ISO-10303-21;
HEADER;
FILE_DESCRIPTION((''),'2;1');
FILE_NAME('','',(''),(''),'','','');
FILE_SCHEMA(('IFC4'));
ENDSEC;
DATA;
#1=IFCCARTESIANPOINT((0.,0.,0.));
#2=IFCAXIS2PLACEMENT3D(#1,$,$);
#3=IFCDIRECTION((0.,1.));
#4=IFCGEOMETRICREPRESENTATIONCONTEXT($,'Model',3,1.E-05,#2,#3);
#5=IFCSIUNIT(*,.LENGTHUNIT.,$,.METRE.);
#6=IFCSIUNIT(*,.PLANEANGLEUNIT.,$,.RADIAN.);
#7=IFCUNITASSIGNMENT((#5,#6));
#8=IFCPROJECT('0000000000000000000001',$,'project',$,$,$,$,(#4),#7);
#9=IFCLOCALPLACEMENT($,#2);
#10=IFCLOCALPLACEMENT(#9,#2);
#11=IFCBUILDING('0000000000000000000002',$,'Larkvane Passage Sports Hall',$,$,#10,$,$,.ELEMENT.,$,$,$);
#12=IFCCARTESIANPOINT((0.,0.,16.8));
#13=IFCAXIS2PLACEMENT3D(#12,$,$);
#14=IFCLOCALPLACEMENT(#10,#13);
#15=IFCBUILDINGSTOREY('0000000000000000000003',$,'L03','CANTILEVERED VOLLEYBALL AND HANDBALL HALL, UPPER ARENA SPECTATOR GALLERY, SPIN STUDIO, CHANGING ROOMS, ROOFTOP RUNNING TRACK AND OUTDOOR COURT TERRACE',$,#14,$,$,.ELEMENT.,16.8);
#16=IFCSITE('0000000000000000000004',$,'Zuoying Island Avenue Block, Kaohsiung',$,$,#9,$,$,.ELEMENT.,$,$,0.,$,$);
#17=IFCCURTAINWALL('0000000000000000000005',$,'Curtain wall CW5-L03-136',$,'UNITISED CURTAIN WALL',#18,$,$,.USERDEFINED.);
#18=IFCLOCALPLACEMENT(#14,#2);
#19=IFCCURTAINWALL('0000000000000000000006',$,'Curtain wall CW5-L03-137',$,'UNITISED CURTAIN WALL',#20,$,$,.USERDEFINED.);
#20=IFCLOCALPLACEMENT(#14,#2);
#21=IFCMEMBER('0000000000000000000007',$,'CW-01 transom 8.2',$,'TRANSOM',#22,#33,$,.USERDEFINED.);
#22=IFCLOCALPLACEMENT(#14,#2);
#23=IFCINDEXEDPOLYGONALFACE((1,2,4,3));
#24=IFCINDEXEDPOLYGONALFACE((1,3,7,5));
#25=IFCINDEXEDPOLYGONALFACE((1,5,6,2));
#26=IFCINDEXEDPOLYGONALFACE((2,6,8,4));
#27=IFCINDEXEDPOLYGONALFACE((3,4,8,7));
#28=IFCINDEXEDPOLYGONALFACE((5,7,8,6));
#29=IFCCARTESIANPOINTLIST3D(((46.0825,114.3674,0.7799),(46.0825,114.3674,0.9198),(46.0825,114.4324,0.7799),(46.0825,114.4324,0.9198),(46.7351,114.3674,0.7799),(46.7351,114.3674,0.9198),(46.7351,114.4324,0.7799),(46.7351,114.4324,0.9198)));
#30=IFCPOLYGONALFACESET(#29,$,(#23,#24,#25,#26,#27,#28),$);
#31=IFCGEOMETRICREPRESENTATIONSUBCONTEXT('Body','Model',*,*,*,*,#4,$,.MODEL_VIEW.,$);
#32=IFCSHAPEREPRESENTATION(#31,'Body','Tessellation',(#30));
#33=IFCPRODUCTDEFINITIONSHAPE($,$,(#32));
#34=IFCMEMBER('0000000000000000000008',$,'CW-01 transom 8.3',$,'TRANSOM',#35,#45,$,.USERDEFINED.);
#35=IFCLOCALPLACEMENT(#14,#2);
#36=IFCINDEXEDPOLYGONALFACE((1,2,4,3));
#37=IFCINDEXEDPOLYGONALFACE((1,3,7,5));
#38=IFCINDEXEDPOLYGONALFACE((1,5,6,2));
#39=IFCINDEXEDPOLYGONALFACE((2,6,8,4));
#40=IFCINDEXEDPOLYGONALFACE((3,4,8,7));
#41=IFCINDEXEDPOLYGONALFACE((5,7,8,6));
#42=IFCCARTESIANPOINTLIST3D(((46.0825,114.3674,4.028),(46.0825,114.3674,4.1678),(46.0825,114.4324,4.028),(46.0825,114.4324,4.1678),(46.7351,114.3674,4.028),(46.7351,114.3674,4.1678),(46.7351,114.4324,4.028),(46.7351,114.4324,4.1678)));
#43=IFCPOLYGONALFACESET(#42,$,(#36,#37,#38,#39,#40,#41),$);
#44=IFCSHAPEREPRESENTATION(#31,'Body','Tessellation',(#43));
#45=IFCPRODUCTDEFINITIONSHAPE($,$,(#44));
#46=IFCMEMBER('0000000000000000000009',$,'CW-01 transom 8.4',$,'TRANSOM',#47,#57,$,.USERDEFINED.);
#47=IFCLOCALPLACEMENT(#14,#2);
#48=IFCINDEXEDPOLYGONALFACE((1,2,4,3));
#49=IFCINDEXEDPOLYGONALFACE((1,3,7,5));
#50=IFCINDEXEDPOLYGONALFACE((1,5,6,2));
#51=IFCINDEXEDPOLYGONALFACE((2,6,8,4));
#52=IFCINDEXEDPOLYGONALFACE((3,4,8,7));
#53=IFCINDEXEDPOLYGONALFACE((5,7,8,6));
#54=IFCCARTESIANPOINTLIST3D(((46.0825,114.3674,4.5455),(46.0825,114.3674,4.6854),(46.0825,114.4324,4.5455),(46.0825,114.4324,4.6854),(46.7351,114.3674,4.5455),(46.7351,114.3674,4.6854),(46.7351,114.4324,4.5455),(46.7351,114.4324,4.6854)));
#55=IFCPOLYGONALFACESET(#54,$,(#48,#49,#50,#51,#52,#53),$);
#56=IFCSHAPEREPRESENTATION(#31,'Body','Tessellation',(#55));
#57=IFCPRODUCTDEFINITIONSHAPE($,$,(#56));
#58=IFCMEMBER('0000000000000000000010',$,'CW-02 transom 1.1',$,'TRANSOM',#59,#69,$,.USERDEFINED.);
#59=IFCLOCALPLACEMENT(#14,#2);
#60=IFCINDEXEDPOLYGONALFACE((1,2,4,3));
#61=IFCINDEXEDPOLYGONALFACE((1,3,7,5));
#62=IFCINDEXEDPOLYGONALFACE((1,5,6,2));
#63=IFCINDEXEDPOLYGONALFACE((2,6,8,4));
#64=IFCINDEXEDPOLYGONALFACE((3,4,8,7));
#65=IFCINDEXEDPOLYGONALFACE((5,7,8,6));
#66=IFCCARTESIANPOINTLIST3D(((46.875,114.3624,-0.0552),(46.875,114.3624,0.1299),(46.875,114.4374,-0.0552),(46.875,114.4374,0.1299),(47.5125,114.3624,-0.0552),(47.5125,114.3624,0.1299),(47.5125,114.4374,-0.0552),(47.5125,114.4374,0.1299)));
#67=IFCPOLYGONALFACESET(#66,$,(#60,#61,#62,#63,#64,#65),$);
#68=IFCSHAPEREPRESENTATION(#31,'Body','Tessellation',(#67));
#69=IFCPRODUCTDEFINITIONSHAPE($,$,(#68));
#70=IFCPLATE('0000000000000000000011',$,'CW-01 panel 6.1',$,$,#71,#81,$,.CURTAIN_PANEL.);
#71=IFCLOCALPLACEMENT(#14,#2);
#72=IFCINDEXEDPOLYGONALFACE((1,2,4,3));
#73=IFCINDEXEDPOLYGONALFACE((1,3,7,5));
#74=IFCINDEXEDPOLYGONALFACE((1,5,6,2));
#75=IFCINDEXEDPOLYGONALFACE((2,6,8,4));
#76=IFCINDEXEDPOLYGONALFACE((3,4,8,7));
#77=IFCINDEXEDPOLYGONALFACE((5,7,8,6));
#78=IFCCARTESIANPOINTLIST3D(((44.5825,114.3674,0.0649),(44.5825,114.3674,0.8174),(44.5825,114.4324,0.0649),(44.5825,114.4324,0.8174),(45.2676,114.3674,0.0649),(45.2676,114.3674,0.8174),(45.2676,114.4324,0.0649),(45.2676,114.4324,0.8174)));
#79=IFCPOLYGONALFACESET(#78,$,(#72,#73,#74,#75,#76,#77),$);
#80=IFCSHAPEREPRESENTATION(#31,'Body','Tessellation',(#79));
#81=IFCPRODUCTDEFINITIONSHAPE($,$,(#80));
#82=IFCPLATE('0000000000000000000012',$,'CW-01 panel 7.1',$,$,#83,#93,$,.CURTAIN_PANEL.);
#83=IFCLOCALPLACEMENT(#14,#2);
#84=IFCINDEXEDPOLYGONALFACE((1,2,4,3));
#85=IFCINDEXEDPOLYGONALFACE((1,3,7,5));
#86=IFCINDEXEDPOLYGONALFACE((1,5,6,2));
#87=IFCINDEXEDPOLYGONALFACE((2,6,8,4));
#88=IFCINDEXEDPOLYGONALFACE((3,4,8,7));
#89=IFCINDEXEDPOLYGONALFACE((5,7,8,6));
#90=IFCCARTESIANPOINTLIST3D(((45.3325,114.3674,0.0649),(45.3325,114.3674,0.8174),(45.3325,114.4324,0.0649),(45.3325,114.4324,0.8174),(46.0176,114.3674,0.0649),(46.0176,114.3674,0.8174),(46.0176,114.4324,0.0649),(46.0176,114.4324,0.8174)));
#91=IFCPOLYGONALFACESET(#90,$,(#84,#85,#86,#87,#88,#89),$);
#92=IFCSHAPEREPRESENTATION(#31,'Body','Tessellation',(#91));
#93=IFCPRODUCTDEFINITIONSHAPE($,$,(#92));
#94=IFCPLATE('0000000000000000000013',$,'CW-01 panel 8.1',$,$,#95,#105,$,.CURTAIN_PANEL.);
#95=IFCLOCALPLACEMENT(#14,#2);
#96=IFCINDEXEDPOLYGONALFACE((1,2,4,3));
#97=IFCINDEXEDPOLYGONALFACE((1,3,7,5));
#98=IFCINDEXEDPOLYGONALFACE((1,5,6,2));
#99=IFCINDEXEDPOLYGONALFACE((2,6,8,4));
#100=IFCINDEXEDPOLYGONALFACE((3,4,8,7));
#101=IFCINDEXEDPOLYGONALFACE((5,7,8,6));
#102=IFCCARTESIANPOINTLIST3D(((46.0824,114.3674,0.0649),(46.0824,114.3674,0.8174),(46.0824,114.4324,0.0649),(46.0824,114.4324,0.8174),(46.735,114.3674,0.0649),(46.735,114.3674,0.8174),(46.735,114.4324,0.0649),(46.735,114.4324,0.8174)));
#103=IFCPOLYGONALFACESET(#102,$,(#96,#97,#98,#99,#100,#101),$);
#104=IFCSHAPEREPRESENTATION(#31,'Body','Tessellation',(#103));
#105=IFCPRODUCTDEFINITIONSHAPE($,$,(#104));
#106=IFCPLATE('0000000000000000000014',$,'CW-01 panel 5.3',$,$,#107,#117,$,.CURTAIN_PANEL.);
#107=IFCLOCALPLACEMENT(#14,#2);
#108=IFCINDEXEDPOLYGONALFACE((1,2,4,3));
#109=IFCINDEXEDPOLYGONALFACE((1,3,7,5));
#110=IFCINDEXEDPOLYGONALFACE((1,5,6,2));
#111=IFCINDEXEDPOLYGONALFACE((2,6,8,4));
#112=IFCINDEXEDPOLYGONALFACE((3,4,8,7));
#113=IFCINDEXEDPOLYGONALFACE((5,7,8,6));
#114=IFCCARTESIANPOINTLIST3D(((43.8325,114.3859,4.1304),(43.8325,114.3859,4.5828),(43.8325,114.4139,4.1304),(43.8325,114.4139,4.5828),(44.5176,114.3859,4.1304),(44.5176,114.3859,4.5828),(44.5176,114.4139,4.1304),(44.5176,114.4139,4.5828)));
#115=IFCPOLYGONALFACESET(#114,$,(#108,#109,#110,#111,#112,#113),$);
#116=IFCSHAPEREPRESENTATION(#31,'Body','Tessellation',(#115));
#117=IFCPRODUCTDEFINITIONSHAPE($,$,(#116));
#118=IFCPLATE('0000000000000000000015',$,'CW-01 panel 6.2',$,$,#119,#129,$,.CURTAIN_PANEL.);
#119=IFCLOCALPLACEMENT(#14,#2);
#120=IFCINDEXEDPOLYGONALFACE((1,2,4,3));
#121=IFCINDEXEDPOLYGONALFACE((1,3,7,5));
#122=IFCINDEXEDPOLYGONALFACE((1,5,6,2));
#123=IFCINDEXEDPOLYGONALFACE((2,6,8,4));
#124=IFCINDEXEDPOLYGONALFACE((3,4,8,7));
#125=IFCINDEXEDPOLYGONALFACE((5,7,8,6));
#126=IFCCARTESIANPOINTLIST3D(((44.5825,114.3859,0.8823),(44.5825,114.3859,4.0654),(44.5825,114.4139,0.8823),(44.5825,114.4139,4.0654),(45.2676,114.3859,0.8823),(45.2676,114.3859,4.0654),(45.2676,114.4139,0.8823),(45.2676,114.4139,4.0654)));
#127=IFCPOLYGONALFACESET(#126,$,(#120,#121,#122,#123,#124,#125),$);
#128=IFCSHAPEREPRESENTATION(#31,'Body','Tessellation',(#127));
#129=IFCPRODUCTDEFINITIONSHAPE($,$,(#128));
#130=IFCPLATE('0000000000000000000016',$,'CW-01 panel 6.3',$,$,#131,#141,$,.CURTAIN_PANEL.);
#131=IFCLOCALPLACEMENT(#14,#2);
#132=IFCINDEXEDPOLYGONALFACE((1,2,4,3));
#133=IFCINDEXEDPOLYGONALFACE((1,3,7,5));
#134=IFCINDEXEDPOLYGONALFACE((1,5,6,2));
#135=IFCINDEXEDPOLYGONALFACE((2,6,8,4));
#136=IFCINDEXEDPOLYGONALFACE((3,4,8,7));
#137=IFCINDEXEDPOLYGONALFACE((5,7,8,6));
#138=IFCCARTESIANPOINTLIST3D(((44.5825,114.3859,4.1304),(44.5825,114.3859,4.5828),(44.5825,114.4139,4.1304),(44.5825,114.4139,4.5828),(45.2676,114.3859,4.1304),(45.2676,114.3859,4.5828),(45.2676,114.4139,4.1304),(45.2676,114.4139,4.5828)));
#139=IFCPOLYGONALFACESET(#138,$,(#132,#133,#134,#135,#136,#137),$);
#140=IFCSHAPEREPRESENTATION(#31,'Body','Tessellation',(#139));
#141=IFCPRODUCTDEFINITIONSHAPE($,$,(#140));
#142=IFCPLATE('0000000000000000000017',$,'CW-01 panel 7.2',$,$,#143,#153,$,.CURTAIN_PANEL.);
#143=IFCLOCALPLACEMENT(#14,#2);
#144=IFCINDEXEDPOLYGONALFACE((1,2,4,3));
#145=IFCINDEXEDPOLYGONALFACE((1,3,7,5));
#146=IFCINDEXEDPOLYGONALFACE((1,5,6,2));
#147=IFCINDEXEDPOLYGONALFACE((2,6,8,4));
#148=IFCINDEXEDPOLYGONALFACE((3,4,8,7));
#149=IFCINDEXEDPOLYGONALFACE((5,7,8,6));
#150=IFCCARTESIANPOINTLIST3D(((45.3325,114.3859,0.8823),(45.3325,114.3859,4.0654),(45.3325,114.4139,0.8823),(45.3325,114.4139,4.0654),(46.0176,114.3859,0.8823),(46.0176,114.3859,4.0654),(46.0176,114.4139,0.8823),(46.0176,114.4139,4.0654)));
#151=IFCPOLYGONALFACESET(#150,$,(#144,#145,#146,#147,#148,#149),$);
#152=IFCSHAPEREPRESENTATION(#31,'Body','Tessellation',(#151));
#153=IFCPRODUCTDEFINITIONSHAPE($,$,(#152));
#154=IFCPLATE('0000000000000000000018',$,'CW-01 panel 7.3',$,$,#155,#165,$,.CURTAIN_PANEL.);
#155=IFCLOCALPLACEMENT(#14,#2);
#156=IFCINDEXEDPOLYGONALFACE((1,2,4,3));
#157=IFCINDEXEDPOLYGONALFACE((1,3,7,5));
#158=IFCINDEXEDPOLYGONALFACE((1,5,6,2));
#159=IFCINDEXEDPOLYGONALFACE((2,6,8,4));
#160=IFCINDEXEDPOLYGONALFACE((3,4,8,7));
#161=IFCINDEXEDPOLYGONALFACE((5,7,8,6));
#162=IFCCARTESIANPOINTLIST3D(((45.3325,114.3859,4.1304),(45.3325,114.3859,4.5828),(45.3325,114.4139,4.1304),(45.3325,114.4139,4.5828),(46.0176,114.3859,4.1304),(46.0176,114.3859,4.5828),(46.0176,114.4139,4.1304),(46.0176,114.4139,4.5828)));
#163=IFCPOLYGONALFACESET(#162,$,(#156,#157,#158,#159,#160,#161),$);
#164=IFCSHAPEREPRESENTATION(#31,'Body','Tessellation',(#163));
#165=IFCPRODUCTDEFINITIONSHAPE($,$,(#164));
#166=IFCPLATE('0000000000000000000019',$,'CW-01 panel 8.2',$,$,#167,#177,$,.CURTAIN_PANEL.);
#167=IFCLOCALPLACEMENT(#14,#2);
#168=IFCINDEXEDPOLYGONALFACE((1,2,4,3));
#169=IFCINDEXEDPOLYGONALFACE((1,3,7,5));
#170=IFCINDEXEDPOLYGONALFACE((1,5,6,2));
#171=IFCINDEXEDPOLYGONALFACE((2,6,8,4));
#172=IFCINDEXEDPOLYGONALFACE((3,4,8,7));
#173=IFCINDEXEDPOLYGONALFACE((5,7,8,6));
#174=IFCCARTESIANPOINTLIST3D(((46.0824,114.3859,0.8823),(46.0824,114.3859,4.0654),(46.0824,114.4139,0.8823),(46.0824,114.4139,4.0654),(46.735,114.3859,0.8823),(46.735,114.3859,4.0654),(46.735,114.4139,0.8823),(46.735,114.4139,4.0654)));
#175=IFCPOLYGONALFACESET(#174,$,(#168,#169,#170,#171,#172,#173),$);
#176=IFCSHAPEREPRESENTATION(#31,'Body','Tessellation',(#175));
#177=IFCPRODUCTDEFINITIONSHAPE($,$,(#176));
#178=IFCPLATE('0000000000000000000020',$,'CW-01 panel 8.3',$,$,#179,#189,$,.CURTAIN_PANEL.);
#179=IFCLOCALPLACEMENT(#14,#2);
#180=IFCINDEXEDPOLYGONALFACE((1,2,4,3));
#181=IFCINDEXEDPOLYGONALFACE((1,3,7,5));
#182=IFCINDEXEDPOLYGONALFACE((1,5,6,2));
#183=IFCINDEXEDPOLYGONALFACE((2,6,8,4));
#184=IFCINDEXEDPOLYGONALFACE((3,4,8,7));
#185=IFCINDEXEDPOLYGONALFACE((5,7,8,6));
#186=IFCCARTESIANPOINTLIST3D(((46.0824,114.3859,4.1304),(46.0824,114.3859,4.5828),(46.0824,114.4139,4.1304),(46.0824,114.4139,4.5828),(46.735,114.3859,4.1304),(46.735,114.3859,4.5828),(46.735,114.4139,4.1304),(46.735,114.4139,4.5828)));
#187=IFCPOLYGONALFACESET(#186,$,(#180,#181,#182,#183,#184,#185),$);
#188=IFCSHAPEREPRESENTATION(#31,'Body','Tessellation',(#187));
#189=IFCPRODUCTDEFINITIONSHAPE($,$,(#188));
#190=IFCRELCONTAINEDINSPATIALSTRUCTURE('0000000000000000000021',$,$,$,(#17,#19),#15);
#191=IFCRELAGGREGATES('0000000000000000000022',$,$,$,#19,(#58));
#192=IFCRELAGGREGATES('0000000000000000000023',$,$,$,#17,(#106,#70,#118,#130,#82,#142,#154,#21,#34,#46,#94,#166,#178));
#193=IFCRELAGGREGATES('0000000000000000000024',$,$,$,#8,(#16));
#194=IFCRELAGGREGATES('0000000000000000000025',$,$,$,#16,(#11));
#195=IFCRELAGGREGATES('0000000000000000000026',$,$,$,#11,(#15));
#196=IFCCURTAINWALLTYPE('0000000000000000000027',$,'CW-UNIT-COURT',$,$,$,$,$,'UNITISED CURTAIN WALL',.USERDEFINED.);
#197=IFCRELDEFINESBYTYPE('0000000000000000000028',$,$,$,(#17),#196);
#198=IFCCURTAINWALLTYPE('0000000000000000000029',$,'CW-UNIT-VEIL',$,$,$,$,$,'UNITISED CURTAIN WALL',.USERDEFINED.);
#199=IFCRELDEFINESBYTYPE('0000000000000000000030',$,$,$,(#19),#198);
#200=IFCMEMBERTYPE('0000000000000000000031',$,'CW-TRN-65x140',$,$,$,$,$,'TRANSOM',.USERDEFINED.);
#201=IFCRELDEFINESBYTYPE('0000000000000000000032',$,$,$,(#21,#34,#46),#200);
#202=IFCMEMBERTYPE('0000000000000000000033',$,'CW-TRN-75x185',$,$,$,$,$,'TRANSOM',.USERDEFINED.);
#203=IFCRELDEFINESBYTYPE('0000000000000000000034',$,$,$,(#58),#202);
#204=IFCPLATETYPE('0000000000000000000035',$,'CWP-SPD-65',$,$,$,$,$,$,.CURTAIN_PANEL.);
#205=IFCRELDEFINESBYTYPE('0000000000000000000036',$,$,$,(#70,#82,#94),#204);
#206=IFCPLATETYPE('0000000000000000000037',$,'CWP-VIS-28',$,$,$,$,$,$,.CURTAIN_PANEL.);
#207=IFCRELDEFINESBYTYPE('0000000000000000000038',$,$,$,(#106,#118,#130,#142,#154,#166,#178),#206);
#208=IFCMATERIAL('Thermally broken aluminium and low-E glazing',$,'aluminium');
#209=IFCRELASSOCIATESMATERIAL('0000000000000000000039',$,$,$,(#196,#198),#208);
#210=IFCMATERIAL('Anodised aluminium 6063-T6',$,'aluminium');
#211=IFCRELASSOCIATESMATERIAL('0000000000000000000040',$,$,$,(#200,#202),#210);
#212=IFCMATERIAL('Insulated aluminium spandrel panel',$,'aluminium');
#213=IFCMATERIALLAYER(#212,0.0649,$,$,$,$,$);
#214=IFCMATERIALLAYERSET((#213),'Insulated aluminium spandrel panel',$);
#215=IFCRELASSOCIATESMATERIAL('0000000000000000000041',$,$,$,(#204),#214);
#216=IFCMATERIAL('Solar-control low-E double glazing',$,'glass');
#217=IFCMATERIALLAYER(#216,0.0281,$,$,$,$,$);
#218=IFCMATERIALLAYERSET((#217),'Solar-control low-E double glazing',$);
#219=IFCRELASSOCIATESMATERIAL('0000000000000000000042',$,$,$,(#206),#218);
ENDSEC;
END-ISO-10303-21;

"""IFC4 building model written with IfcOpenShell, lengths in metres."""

from ifc_helpers import new_model, si_unit, direction, frame, origin, origin_2d, place, context, subcontext, project, spatial, rectangle, extrude, material, layer, layer_set, material_profile, profile_set, type_object, element, aggregate, save


model = new_model("IFC4")

# Units and contexts
model_context = context("Model", 3, precision=1e-05, world=origin(), true_north=direction((0.0, 1.0)))
body_context = subcontext(model_context, "Body", "Model", "MODEL_VIEW")
ifc_project = project(units=[si_unit("LENGTHUNIT", "METRE"), si_unit("PLANEANGLEUNIT", "RADIAN")], contexts=[model_context])

# Site, building, storey
site_placement = place(None, origin())
site = spatial("IfcSite", under=ifc_project, at=site_placement, Name="Zuoying Island Avenue Block, Kaohsiung", CompositionType="ELEMENT", RefElevation=0.0)
building_placement = place(site_placement, origin())
building = spatial("IfcBuilding", under=site, at=building_placement, Name="Larkvane Passage Sports Hall", CompositionType="ELEMENT")
storey_placement = place(building_placement, frame((0.0, 0.0, 16.8)))
storey = spatial("IfcBuildingStorey", under=building, at=storey_placement, Name="L03", Description="CANTILEVERED VOLLEYBALL AND HANDBALL HALL, UPPER ARENA SPECTATOR GALLERY, SPIN STUDIO, CHANGING ROOMS, ROOFTOP RUNNING TRACK AND OUTDOOR COURT TERRACE", CompositionType="ELEMENT", Elevation=16.8)

# Curtain wall
ifc_material_1 = material(Name="Thermally broken aluminium and low-E glazing", Category="aluminium")
curtain_wall_type_1 = type_object("IfcCurtainWallType", Name="CW-UNIT-COURT", ElementType="UNITISED CURTAIN WALL", PredefinedType="USERDEFINED", material=ifc_material_1)
curtain_wall_1_placement = place(storey_placement, origin())
curtain_wall_1 = element("IfcCurtainWall", 1, at=curtain_wall_1_placement, inside=storey, type_object=curtain_wall_type_1, Name="Curtain wall CW5-L03-136", ObjectType="UNITISED CURTAIN WALL", PredefinedType="USERDEFINED")
ifc_material_2 = material(Name="Anodised aluminium 6063-T6", Category="aluminium")

# Curtain wall
curtain_wall_type_2 = type_object("IfcCurtainWallType", Name="CW-UNIT-VEIL", ElementType="UNITISED CURTAIN WALL", PredefinedType="USERDEFINED", material=ifc_material_1)
curtain_wall_2_placement = place(storey_placement, origin())
curtain_wall_2 = element("IfcCurtainWall", 2, at=curtain_wall_2_placement, inside=storey, type_object=curtain_wall_type_2, Name="Curtain wall CW5-L03-137", ObjectType="UNITISED CURTAIN WALL", PredefinedType="USERDEFINED")

# Members
ifc_material_profile_1 = material_profile(ifc_material_2, rectangle(XDim=0.0649, YDim=0.1399, at=origin_2d()), Name="ALU-TRN-65x140")
ifc_profile_set_1 = profile_set([ifc_material_profile_1], Name="Anodised aluminium 6063-T6")
member_type_1 = type_object("IfcMemberType", Name="CW-TRN-65x140", ElementType="TRANSOM", PredefinedType="USERDEFINED", material=ifc_profile_set_1)
member_1_placement = place(storey_placement, frame((46.0825, 114.3999, 0.8499), z_axis=(1.0, 0.0, 0.0), x_axis=(0.0, 1.0, 0.0)))
member_1 = element("IfcMember", 3, at=member_1_placement, type_object=member_type_1, Name="CW-01 transom 8.2", ObjectType="TRANSOM", PredefinedType="USERDEFINED", context=body_context, shape_type="SweptSolid", body=[
    extrude(rectangle(XDim=0.0649, YDim=0.1399, at=origin_2d()), origin(), (0.0, 0.0, 1.0), 0.6526),
])
member_2_placement = place(storey_placement, frame((46.0825, 114.3999, 4.0979), z_axis=(1.0, 0.0, 0.0), x_axis=(0.0, 1.0, 0.0)))
member_2 = element("IfcMember", 4, at=member_2_placement, type_object=member_type_1, Name="CW-01 transom 8.3", ObjectType="TRANSOM", PredefinedType="USERDEFINED", context=body_context, shape_type="SweptSolid", body=[
    extrude(rectangle(XDim=0.0649, YDim=0.1399, at=origin_2d()), origin(), (0.0, 0.0, 1.0), 0.6526),
])
member_3_placement = place(storey_placement, frame((46.0825, 114.3999, 4.6155), z_axis=(1.0, 0.0, 0.0), x_axis=(0.0, 1.0, 0.0)))
member_3 = element("IfcMember", 5, at=member_3_placement, type_object=member_type_1, Name="CW-01 transom 8.4", ObjectType="TRANSOM", PredefinedType="USERDEFINED", context=body_context, shape_type="SweptSolid", body=[
    extrude(rectangle(XDim=0.0649, YDim=0.1399, at=origin_2d()), origin(), (0.0, 0.0, 1.0), 0.6526),
])
ifc_material_profile_2 = material_profile(ifc_material_2, rectangle(XDim=0.075, YDim=0.1851, at=origin_2d()), Name="ALU-TRN-75x185")
ifc_profile_set_2 = profile_set([ifc_material_profile_2], Name="Anodised aluminium 6063-T6")
member_type_2 = type_object("IfcMemberType", Name="CW-TRN-75x185", ElementType="TRANSOM", PredefinedType="USERDEFINED", material=ifc_profile_set_2)
member_4_placement = place(storey_placement, frame((46.875, 114.3999, 0.0374), z_axis=(1.0, 0.0, 0.0), x_axis=(0.0, 1.0, 0.0)))
member_4 = element("IfcMember", 6, at=member_4_placement, type_object=member_type_2, Name="CW-02 transom 1.1", ObjectType="TRANSOM", PredefinedType="USERDEFINED", context=body_context, shape_type="SweptSolid", body=[
    extrude(rectangle(XDim=0.075, YDim=0.1851, at=origin_2d()), origin(), (0.0, 0.0, 1.0), 0.6375),
])
aggregate(curtain_wall_2, [member_4])

# Plates
ifc_material_3 = material(Name="Insulated aluminium spandrel panel", Category="aluminium")
ifc_layer_1 = layer(ifc_material_3, 0.0649)
ifc_layer_set_1 = layer_set([ifc_layer_1], Name="Insulated aluminium spandrel panel")
plate_type_1 = type_object("IfcPlateType", Name="CWP-SPD-65", PredefinedType="CURTAIN_PANEL", material=ifc_layer_set_1)
plate_1_placement = place(storey_placement, frame((44.925, 114.3999, 0.0649), z_axis=(0.0, 0.0, 1.0), x_axis=(1.0, 0.0, 0.0)))
plate_1 = element("IfcPlate", 7, at=plate_1_placement, type_object=plate_type_1, Name="CW-01 panel 6.1", PredefinedType="CURTAIN_PANEL", context=body_context, shape_type="SweptSolid", body=[
    extrude(rectangle(XDim=0.6851, YDim=0.0649, at=origin_2d()), origin(), (0.0, 0.0, 1.0), 0.7524),
])
plate_2_placement = place(storey_placement, frame((45.675, 114.3999, 0.0649), z_axis=(0.0, 0.0, 1.0), x_axis=(1.0, 0.0, 0.0)))
plate_2 = element("IfcPlate", 8, at=plate_2_placement, type_object=plate_type_1, Name="CW-01 panel 7.1", PredefinedType="CURTAIN_PANEL", context=body_context, shape_type="SweptSolid", body=[
    extrude(rectangle(XDim=0.6851, YDim=0.0649, at=origin_2d()), origin(), (0.0, 0.0, 1.0), 0.7524),
])
plate_3_placement = place(storey_placement, frame((46.4087, 114.3999, 0.0649), z_axis=(0.0, 0.0, 1.0), x_axis=(1.0, 0.0, 0.0)))
plate_3 = element("IfcPlate", 9, at=plate_3_placement, type_object=plate_type_1, Name="CW-01 panel 8.1", PredefinedType="CURTAIN_PANEL", context=body_context, shape_type="SweptSolid", body=[
    extrude(rectangle(XDim=0.6526, YDim=0.0649, at=origin_2d()), origin(), (0.0, 0.0, 1.0), 0.7524),
])
ifc_material_4 = material(Name="Solar-control low-E double glazing", Category="glass")
ifc_layer_2 = layer(ifc_material_4, 0.0281)
ifc_layer_set_2 = layer_set([ifc_layer_2], Name="Solar-control low-E double glazing")
plate_type_2 = type_object("IfcPlateType", Name="CWP-VIS-28", PredefinedType="CURTAIN_PANEL", material=ifc_layer_set_2)
plate_4_placement = place(storey_placement, frame((44.175, 114.3999, 4.1304), z_axis=(0.0, 0.0, 1.0), x_axis=(1.0, 0.0, 0.0)))
plate_4 = element("IfcPlate", 10, at=plate_4_placement, type_object=plate_type_2, Name="CW-01 panel 5.3", PredefinedType="CURTAIN_PANEL", context=body_context, shape_type="SweptSolid", body=[
    extrude(rectangle(XDim=0.6851, YDim=0.0281, at=origin_2d()), origin(), (0.0, 0.0, 1.0), 0.4524),
])
plate_5_placement = place(storey_placement, frame((44.925, 114.3999, 0.8823), z_axis=(0.0, 0.0, 1.0), x_axis=(1.0, 0.0, 0.0)))
plate_5 = element("IfcPlate", 11, at=plate_5_placement, type_object=plate_type_2, Name="CW-01 panel 6.2", PredefinedType="CURTAIN_PANEL", context=body_context, shape_type="SweptSolid", body=[
    extrude(rectangle(XDim=0.6851, YDim=0.0281, at=origin_2d()), origin(), (0.0, 0.0, 1.0), 3.1831),
])
plate_6_placement = place(storey_placement, frame((44.925, 114.3999, 4.1304), z_axis=(0.0, 0.0, 1.0), x_axis=(1.0, 0.0, 0.0)))
plate_6 = element("IfcPlate", 12, at=plate_6_placement, type_object=plate_type_2, Name="CW-01 panel 6.3", PredefinedType="CURTAIN_PANEL", context=body_context, shape_type="SweptSolid", body=[
    extrude(rectangle(XDim=0.6851, YDim=0.0281, at=origin_2d()), origin(), (0.0, 0.0, 1.0), 0.4524),
])
plate_7_placement = place(storey_placement, frame((45.675, 114.3999, 0.8823), z_axis=(0.0, 0.0, 1.0), x_axis=(1.0, 0.0, 0.0)))
plate_7 = element("IfcPlate", 13, at=plate_7_placement, type_object=plate_type_2, Name="CW-01 panel 7.2", PredefinedType="CURTAIN_PANEL", context=body_context, shape_type="SweptSolid", body=[
    extrude(rectangle(XDim=0.6851, YDim=0.0281, at=origin_2d()), origin(), (0.0, 0.0, 1.0), 3.1831),
])
plate_8_placement = place(storey_placement, frame((45.675, 114.3999, 4.1304), z_axis=(0.0, 0.0, 1.0), x_axis=(1.0, 0.0, 0.0)))
plate_8 = element("IfcPlate", 14, at=plate_8_placement, type_object=plate_type_2, Name="CW-01 panel 7.3", PredefinedType="CURTAIN_PANEL", context=body_context, shape_type="SweptSolid", body=[
    extrude(rectangle(XDim=0.6851, YDim=0.0281, at=origin_2d()), origin(), (0.0, 0.0, 1.0), 0.4524),
])
plate_9_placement = place(storey_placement, frame((46.4087, 114.3999, 0.8823), z_axis=(0.0, 0.0, 1.0), x_axis=(1.0, 0.0, 0.0)))
plate_9 = element("IfcPlate", 15, at=plate_9_placement, type_object=plate_type_2, Name="CW-01 panel 8.2", PredefinedType="CURTAIN_PANEL", context=body_context, shape_type="SweptSolid", body=[
    extrude(rectangle(XDim=0.6526, YDim=0.0281, at=origin_2d()), origin(), (0.0, 0.0, 1.0), 3.1831),
])
plate_10_placement = place(storey_placement, frame((46.4087, 114.3999, 4.1304), z_axis=(0.0, 0.0, 1.0), x_axis=(1.0, 0.0, 0.0)))
plate_10 = element("IfcPlate", 16, at=plate_10_placement, type_object=plate_type_2, Name="CW-01 panel 8.3", PredefinedType="CURTAIN_PANEL", context=body_context, shape_type="SweptSolid", body=[
    extrude(rectangle(XDim=0.6526, YDim=0.0281, at=origin_2d()), origin(), (0.0, 0.0, 1.0), 0.4524),
])
aggregate(curtain_wall_1, [plate_4, plate_1, plate_5, plate_6, plate_2, plate_7, plate_8, member_1, member_2, member_3, plate_3, plate_9, plate_10])

save(model, "model.ifc")
